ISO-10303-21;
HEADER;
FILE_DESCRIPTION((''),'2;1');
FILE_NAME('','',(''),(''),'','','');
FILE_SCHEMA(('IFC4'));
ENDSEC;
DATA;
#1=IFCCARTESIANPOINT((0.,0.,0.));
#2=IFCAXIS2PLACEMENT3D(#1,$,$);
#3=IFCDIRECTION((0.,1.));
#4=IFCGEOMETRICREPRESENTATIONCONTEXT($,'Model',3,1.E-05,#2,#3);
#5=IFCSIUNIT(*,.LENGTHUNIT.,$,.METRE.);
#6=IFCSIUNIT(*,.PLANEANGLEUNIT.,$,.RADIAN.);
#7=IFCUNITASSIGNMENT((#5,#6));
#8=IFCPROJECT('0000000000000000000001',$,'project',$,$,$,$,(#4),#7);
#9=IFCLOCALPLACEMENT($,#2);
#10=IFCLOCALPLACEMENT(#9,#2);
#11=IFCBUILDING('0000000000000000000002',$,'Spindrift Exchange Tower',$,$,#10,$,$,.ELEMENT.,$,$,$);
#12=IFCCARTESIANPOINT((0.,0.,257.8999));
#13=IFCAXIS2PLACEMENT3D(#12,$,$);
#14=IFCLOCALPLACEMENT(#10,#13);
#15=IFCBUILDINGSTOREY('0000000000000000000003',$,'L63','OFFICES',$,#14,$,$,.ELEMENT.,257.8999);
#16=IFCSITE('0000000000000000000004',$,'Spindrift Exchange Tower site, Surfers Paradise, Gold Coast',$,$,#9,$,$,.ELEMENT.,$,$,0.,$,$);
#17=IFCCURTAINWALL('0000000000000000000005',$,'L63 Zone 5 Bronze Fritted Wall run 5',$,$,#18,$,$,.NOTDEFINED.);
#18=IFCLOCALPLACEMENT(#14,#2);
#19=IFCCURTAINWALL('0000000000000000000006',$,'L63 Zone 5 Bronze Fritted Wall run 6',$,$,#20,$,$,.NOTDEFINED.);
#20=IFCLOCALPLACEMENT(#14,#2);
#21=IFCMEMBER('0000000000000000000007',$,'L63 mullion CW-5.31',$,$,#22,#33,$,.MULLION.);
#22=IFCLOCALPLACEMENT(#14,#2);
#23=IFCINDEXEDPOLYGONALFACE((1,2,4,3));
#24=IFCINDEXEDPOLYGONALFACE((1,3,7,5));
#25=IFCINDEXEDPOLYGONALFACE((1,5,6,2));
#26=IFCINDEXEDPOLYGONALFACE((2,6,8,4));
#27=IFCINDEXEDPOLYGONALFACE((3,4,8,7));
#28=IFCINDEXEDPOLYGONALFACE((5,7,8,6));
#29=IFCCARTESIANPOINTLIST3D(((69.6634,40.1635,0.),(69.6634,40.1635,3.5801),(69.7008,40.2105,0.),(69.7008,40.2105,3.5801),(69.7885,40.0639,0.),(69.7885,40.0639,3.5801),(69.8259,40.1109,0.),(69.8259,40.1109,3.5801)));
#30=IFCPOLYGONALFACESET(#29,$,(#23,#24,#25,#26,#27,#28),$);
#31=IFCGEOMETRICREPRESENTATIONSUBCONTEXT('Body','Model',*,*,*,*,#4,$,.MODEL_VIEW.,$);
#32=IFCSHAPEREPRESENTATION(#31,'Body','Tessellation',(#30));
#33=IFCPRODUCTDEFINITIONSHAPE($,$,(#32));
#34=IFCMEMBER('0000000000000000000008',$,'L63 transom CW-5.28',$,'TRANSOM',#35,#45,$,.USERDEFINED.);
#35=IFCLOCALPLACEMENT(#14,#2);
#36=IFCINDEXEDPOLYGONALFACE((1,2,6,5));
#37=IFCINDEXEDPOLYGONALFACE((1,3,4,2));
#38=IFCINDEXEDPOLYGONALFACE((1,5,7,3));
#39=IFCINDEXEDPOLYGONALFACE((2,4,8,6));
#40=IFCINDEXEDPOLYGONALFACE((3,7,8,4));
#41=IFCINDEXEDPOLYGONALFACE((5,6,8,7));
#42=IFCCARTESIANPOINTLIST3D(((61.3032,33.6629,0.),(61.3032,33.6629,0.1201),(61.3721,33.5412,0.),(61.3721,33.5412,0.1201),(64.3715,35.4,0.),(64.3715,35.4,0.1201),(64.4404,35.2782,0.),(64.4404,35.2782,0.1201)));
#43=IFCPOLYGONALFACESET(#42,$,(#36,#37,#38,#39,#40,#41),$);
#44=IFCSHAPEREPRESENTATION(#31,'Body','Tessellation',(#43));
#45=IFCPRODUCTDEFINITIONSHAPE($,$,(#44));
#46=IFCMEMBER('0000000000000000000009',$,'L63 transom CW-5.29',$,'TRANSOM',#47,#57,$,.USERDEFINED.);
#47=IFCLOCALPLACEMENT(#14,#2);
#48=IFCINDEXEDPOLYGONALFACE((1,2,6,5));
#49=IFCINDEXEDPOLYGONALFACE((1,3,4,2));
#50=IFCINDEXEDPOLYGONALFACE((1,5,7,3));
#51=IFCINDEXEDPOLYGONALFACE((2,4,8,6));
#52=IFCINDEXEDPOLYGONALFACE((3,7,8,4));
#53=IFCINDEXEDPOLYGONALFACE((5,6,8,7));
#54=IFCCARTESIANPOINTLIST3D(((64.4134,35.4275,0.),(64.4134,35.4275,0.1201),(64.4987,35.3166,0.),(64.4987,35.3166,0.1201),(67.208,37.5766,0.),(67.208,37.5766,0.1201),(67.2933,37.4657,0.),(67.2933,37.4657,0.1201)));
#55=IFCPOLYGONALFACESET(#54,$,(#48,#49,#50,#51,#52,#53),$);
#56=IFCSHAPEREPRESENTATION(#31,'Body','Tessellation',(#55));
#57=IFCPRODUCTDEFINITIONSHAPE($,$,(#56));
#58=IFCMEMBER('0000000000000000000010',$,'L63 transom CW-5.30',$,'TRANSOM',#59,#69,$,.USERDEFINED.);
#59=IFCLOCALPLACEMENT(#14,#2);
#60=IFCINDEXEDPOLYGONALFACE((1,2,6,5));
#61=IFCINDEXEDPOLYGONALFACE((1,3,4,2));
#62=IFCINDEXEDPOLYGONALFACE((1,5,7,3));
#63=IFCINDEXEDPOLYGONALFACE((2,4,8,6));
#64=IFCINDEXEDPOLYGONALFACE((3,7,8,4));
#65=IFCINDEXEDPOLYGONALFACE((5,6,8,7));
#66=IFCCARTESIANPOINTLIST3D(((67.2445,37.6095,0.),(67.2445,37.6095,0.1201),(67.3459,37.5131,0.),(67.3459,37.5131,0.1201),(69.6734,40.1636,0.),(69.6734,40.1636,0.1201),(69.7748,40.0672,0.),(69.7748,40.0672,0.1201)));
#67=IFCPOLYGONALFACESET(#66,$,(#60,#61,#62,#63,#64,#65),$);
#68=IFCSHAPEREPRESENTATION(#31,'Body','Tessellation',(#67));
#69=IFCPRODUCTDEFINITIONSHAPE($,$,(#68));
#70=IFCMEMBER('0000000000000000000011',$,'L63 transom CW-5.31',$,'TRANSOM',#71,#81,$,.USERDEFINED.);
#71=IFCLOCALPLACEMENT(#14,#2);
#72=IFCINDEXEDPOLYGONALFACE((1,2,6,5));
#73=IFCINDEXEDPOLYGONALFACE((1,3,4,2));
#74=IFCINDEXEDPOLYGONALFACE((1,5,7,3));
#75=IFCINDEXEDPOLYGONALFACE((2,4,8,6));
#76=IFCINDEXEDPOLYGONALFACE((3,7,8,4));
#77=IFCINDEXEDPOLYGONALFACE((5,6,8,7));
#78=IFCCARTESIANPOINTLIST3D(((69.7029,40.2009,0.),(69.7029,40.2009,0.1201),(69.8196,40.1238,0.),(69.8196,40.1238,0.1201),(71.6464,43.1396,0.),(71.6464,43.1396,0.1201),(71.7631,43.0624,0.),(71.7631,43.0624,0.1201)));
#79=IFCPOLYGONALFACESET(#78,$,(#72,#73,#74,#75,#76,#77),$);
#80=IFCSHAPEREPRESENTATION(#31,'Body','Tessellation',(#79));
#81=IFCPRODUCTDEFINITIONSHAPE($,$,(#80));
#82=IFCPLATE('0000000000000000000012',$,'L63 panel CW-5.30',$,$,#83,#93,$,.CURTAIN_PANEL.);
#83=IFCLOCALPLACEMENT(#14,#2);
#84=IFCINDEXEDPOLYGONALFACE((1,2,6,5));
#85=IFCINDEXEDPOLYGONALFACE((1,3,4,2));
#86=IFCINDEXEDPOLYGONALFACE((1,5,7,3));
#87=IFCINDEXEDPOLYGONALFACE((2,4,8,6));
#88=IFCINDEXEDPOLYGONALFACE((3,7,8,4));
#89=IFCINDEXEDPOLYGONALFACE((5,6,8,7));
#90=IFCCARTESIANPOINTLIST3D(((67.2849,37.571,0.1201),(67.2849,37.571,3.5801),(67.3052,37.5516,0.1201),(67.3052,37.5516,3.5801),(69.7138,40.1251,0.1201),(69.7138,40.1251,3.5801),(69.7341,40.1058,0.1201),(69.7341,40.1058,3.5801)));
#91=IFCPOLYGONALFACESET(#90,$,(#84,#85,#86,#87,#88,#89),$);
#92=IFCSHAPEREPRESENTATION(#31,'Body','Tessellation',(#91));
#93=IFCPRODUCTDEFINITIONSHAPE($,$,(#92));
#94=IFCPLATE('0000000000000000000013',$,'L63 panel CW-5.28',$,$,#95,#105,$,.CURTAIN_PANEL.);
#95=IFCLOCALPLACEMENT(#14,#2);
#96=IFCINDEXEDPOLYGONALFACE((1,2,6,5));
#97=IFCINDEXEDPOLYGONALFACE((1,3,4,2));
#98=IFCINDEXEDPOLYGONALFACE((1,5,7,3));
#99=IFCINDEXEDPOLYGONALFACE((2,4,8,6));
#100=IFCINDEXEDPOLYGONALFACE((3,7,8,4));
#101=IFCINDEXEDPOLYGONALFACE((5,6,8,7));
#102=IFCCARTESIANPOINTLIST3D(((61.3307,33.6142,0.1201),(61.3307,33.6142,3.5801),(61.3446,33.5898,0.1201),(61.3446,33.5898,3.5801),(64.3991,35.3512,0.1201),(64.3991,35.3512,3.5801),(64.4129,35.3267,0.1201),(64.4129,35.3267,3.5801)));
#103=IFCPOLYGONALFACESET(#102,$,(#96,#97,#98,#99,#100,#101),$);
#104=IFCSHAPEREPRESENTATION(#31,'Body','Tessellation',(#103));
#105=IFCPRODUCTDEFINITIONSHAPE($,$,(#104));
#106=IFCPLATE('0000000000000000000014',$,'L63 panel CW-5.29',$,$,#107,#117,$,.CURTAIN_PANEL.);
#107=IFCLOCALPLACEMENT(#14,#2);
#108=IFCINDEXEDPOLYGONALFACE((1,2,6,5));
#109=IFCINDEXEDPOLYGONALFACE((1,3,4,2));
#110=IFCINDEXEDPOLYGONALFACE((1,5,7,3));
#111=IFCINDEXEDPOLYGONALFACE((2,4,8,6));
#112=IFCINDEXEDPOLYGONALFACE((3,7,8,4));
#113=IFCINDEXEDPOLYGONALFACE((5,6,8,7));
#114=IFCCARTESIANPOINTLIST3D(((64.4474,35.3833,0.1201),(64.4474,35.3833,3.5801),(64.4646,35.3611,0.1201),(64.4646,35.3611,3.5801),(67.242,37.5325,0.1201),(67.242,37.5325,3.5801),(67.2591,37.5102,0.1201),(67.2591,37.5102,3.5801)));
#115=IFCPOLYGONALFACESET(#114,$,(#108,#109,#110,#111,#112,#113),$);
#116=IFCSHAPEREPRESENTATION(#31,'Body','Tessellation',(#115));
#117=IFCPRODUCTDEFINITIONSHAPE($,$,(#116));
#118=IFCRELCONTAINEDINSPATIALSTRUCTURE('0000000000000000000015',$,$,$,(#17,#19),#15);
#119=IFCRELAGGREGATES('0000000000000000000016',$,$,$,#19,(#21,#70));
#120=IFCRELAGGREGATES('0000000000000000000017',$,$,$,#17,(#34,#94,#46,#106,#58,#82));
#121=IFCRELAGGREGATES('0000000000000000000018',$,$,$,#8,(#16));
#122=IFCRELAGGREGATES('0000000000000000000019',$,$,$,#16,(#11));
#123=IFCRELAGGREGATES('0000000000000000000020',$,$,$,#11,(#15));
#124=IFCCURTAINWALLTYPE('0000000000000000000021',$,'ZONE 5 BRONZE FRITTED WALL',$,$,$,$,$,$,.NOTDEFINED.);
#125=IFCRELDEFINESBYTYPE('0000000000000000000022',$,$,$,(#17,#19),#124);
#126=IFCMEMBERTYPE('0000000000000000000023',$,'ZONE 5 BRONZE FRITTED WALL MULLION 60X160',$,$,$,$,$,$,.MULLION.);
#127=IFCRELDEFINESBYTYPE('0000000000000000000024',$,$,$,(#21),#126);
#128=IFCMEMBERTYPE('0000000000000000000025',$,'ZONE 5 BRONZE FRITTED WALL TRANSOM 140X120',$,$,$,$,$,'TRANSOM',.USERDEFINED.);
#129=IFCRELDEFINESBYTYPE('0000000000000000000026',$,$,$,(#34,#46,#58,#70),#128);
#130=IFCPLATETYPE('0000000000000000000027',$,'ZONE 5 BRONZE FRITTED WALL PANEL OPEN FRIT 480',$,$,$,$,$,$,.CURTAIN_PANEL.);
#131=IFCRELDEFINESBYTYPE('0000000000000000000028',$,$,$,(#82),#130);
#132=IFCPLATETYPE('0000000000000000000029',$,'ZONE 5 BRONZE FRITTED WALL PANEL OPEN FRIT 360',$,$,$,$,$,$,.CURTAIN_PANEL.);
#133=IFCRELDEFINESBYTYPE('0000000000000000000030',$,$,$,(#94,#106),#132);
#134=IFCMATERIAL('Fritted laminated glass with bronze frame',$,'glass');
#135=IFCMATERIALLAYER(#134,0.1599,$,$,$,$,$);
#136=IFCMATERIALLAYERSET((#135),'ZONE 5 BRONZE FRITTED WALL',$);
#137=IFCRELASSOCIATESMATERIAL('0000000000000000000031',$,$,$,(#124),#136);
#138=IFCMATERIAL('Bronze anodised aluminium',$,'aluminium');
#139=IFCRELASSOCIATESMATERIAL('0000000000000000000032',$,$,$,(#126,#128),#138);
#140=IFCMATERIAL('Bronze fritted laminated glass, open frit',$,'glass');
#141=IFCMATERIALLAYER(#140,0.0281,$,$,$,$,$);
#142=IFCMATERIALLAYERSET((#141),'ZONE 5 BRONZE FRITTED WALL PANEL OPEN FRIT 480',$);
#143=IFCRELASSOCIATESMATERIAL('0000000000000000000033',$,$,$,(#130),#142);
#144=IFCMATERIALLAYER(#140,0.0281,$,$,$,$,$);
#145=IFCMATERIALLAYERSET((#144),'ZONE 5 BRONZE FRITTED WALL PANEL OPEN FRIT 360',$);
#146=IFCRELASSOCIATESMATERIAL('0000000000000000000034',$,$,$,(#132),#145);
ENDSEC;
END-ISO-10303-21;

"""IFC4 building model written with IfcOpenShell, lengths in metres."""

from ifc_helpers import new_model, si_unit, direction, frame, origin, origin_2d, place, context, subcontext, project, spatial, rectangle, extrude, source, transform, mapped, material, layer, layer_set, material_profile, profile_set, type_object, element, aggregate, save


model = new_model("IFC4")

# Units and contexts
model_context = context("Model", 3, precision=1e-05, world=origin(), true_north=direction((0.0, 1.0)))
body_context = subcontext(model_context, "Body", "Model", "MODEL_VIEW")
ifc_project = project(units=[si_unit("LENGTHUNIT", "METRE"), si_unit("PLANEANGLEUNIT", "RADIAN")], contexts=[model_context])

# Site, building, storey
site_placement = place(None, origin())
site = spatial("IfcSite", under=ifc_project, at=site_placement, Name="Spindrift Exchange Tower site, Surfers Paradise, Gold Coast", CompositionType="ELEMENT", RefElevation=0.0)
building_placement = place(site_placement, origin())
building = spatial("IfcBuilding", under=site, at=building_placement, Name="Spindrift Exchange Tower", CompositionType="ELEMENT")
storey_placement = place(building_placement, frame((0.0, 0.0, 257.8999)))
storey = spatial("IfcBuildingStorey", under=building, at=storey_placement, Name="L63", Description="OFFICES", CompositionType="ELEMENT", Elevation=257.8999)

# Curtain wall
ifc_material_1 = material(Name="Fritted laminated glass with bronze frame", Category="glass")
ifc_layer_1 = layer(ifc_material_1, 0.1599)
ifc_layer_set_1 = layer_set([ifc_layer_1], Name="ZONE 5 BRONZE FRITTED WALL")
curtain_wall_type = type_object("IfcCurtainWallType", Name="ZONE 5 BRONZE FRITTED WALL", PredefinedType="NOTDEFINED", material=ifc_layer_set_1)
curtain_wall_1_placement = place(storey_placement, origin())
curtain_wall_1 = element("IfcCurtainWall", 1, at=curtain_wall_1_placement, inside=storey, type_object=curtain_wall_type, Name="L63 Zone 5 Bronze Fritted Wall run 5", PredefinedType="NOTDEFINED")
ifc_material_2 = material(Name="Bronze anodised aluminium", Category="aluminium")
ifc_material_profile_1 = material_profile(ifc_material_2, rectangle(XDim=0.0601, YDim=0.1599, at=origin_2d()), Name="ZONE 5 BRONZE FRITTED WALL MULLION 60X160")
ifc_profile_set_1 = profile_set([ifc_material_profile_1], Name="Bronze anodised aluminium")
member_type_1 = type_object("IfcMemberType", Name="ZONE 5 BRONZE FRITTED WALL MULLION 60X160", PredefinedType="MULLION", material=ifc_profile_set_1)
shared_shape_1 = source(origin(), body_context, "Body", "SweptSolid", [
    extrude(rectangle(XDim=0.0601, YDim=0.1599, at=origin_2d()), origin(), (0.0, 0.0, 1.0), 3.5801),
])

# Curtain wall, member
curtain_wall_2_placement = place(storey_placement, origin())
curtain_wall_2 = element("IfcCurtainWall", 2, at=curtain_wall_2_placement, inside=storey, type_object=curtain_wall_type, Name="L63 Zone 5 Bronze Fritted Wall run 6", PredefinedType="NOTDEFINED")
member_1_placement = place(storey_placement, frame((69.7446, 40.1372, 0.0), z_axis=(0.0, 0.0, 1.0), x_axis=(0.622769, 0.782406, 0.0)))
member_1 = element("IfcMember", 3, at=member_1_placement, type_object=member_type_1, Name="L63 mullion CW-5.31", PredefinedType="MULLION", context=body_context, shape_type="MappedRepresentation", body=[
    mapped(shared_shape_1, transform((0.0, 0.0, 0.0), scale=1.0)),
])

# Members
ifc_material_profile_2 = material_profile(ifc_material_2, rectangle(XDim=0.1399, YDim=0.1201, at=origin_2d()), Name="ZONE 5 BRONZE FRITTED WALL TRANSOM 140X120")
ifc_profile_set_2 = profile_set([ifc_material_profile_2], Name="Bronze anodised aluminium")
member_type_2 = type_object("IfcMemberType", Name="ZONE 5 BRONZE FRITTED WALL TRANSOM 140X120", ElementType="TRANSOM", PredefinedType="USERDEFINED", material=ifc_profile_set_2)
shared_shape_2 = source(origin(), body_context, "Body", "SweptSolid", [
    extrude(rectangle(XDim=0.1399, YDim=0.1201, at=origin_2d()), origin(), (0.0, 0.0, 1.0), 3.5259),
])
member_2_placement = place(storey_placement, frame((61.3376, 33.6021, 0.0601), z_axis=(0.870226, 0.492653, 0.0), x_axis=(-0.492653, 0.870226, 0.0)))
member_2 = element("IfcMember", 4, at=member_2_placement, type_object=member_type_2, Name="L63 transom CW-5.28", ObjectType="TRANSOM", PredefinedType="USERDEFINED", context=body_context, shape_type="MappedRepresentation", body=[
    mapped(shared_shape_2, transform((0.0, 0.0, 0.0), scale=1.0)),
])
shared_shape_3 = source(origin(), body_context, "Body", "SweptSolid", [
    extrude(rectangle(XDim=0.1399, YDim=0.1201, at=origin_2d()), origin(), (0.0, 0.0, 1.0), 3.5254),
])
member_3_placement = place(storey_placement, frame((64.4561, 35.3721, 0.0601), z_axis=(0.792704, 0.609607, 0.0), x_axis=(-0.609607, 0.792704, 0.0)))
member_3 = element("IfcMember", 5, at=member_3_placement, type_object=member_type_2, Name="L63 transom CW-5.29", ObjectType="TRANSOM", PredefinedType="USERDEFINED", context=body_context, shape_type="MappedRepresentation", body=[
    mapped(shared_shape_3, transform((0.0, 0.0, 0.0), scale=1.0)),
])
shared_shape_4 = source(origin(), body_context, "Body", "SweptSolid", [
    extrude(rectangle(XDim=0.1399, YDim=0.1201, at=origin_2d()), origin(), (0.0, 0.0, 1.0), 3.5247),
])
member_4_placement = place(storey_placement, frame((67.2952, 37.5613, 0.0601), z_axis=(0.689117, 0.72465, 0.0), x_axis=(-0.72465, 0.689117, 0.0)))
member_4 = element("IfcMember", 6, at=member_4_placement, type_object=member_type_2, Name="L63 transom CW-5.30", ObjectType="TRANSOM", PredefinedType="USERDEFINED", context=body_context, shape_type="MappedRepresentation", body=[
    mapped(shared_shape_4, transform((0.0, 0.0, 0.0), scale=1.0)),
])
shared_shape_5 = source(origin(), body_context, "Body", "SweptSolid", [
    extrude(rectangle(XDim=0.1399, YDim=0.1201, at=origin_2d()), origin(), (0.0, 0.0, 1.0), 3.5232),
])
member_5_placement = place(storey_placement, frame((69.7612, 40.1624, 0.0601), z_axis=(0.551642, 0.834081, 0.0), x_axis=(-0.834081, 0.551642, 0.0)))
member_5 = element("IfcMember", 7, at=member_5_placement, type_object=member_type_2, Name="L63 transom CW-5.31", ObjectType="TRANSOM", PredefinedType="USERDEFINED", context=body_context, shape_type="MappedRepresentation", body=[
    mapped(shared_shape_5, transform((0.0, 0.0, 0.0), scale=1.0)),
])
aggregate(curtain_wall_2, [member_1, member_5])

# Plates
ifc_material_3 = material(Name="Bronze fritted laminated glass, open frit", Category="glass")
ifc_layer_2 = layer(ifc_material_3, 0.0281)
ifc_layer_set_2 = layer_set([ifc_layer_2], Name="ZONE 5 BRONZE FRITTED WALL PANEL OPEN FRIT 480")
plate_type_1 = type_object("IfcPlateType", Name="ZONE 5 BRONZE FRITTED WALL PANEL OPEN FRIT 480", PredefinedType="CURTAIN_PANEL", material=ifc_layer_set_2)
shared_shape_6 = source(origin(), body_context, "Body", "SweptSolid", [
    extrude(rectangle(XDim=3.5247, YDim=0.0281, at=origin_2d()), origin(), (0.0, 0.0, 1.0), 3.46),
])
plate_1_placement = place(storey_placement, frame((68.5095, 38.8384, 0.1201), z_axis=(0.0, 0.0, 1.0), x_axis=(0.689114, 0.724653, 0.0)))
plate_1 = element("IfcPlate", 8, at=plate_1_placement, type_object=plate_type_1, Name="L63 panel CW-5.30", PredefinedType="CURTAIN_PANEL", context=body_context, shape_type="MappedRepresentation", body=[
    mapped(shared_shape_6, transform((0.0, 0.0, 0.0), scale=1.0)),
])
ifc_layer_3 = layer(ifc_material_3, 0.0281)
ifc_layer_set_3 = layer_set([ifc_layer_3], Name="ZONE 5 BRONZE FRITTED WALL PANEL OPEN FRIT 360")
plate_type_2 = type_object("IfcPlateType", Name="ZONE 5 BRONZE FRITTED WALL PANEL OPEN FRIT 360", PredefinedType="CURTAIN_PANEL", material=ifc_layer_set_3)
shared_shape_7 = source(origin(), body_context, "Body", "SweptSolid", [
    extrude(rectangle(XDim=3.5259, YDim=0.0281, at=origin_2d()), origin(), (0.0, 0.0, 1.0), 3.46),
])
plate_2_placement = place(storey_placement, frame((62.8718, 34.4705, 0.1201), z_axis=(0.0, 0.0, 1.0), x_axis=(0.870237, 0.492633, 0.0)))
plate_2 = element("IfcPlate", 9, at=plate_2_placement, type_object=plate_type_2, Name="L63 panel CW-5.28", PredefinedType="CURTAIN_PANEL", context=body_context, shape_type="MappedRepresentation", body=[
    mapped(shared_shape_7, transform((0.0, 0.0, 0.0), scale=1.0)),
])
shared_shape_8 = source(origin(), body_context, "Body", "SweptSolid", [
    extrude(rectangle(XDim=3.5254, YDim=0.0281, at=origin_2d()), origin(), (0.0, 0.0, 1.0), 3.46),
])
plate_3_placement = place(storey_placement, frame((65.8533, 36.4468, 0.1201), z_axis=(0.0, 0.0, 1.0), x_axis=(0.792692, 0.609622, 0.0)))
plate_3 = element("IfcPlate", 10, at=plate_3_placement, type_object=plate_type_2, Name="L63 panel CW-5.29", PredefinedType="CURTAIN_PANEL", context=body_context, shape_type="MappedRepresentation", body=[
    mapped(shared_shape_8, transform((0.0, 0.0, 0.0), scale=1.0)),
])
aggregate(curtain_wall_1, [member_2, plate_2, member_3, plate_3, member_4, plate_1])

save(model, "model.ifc")
